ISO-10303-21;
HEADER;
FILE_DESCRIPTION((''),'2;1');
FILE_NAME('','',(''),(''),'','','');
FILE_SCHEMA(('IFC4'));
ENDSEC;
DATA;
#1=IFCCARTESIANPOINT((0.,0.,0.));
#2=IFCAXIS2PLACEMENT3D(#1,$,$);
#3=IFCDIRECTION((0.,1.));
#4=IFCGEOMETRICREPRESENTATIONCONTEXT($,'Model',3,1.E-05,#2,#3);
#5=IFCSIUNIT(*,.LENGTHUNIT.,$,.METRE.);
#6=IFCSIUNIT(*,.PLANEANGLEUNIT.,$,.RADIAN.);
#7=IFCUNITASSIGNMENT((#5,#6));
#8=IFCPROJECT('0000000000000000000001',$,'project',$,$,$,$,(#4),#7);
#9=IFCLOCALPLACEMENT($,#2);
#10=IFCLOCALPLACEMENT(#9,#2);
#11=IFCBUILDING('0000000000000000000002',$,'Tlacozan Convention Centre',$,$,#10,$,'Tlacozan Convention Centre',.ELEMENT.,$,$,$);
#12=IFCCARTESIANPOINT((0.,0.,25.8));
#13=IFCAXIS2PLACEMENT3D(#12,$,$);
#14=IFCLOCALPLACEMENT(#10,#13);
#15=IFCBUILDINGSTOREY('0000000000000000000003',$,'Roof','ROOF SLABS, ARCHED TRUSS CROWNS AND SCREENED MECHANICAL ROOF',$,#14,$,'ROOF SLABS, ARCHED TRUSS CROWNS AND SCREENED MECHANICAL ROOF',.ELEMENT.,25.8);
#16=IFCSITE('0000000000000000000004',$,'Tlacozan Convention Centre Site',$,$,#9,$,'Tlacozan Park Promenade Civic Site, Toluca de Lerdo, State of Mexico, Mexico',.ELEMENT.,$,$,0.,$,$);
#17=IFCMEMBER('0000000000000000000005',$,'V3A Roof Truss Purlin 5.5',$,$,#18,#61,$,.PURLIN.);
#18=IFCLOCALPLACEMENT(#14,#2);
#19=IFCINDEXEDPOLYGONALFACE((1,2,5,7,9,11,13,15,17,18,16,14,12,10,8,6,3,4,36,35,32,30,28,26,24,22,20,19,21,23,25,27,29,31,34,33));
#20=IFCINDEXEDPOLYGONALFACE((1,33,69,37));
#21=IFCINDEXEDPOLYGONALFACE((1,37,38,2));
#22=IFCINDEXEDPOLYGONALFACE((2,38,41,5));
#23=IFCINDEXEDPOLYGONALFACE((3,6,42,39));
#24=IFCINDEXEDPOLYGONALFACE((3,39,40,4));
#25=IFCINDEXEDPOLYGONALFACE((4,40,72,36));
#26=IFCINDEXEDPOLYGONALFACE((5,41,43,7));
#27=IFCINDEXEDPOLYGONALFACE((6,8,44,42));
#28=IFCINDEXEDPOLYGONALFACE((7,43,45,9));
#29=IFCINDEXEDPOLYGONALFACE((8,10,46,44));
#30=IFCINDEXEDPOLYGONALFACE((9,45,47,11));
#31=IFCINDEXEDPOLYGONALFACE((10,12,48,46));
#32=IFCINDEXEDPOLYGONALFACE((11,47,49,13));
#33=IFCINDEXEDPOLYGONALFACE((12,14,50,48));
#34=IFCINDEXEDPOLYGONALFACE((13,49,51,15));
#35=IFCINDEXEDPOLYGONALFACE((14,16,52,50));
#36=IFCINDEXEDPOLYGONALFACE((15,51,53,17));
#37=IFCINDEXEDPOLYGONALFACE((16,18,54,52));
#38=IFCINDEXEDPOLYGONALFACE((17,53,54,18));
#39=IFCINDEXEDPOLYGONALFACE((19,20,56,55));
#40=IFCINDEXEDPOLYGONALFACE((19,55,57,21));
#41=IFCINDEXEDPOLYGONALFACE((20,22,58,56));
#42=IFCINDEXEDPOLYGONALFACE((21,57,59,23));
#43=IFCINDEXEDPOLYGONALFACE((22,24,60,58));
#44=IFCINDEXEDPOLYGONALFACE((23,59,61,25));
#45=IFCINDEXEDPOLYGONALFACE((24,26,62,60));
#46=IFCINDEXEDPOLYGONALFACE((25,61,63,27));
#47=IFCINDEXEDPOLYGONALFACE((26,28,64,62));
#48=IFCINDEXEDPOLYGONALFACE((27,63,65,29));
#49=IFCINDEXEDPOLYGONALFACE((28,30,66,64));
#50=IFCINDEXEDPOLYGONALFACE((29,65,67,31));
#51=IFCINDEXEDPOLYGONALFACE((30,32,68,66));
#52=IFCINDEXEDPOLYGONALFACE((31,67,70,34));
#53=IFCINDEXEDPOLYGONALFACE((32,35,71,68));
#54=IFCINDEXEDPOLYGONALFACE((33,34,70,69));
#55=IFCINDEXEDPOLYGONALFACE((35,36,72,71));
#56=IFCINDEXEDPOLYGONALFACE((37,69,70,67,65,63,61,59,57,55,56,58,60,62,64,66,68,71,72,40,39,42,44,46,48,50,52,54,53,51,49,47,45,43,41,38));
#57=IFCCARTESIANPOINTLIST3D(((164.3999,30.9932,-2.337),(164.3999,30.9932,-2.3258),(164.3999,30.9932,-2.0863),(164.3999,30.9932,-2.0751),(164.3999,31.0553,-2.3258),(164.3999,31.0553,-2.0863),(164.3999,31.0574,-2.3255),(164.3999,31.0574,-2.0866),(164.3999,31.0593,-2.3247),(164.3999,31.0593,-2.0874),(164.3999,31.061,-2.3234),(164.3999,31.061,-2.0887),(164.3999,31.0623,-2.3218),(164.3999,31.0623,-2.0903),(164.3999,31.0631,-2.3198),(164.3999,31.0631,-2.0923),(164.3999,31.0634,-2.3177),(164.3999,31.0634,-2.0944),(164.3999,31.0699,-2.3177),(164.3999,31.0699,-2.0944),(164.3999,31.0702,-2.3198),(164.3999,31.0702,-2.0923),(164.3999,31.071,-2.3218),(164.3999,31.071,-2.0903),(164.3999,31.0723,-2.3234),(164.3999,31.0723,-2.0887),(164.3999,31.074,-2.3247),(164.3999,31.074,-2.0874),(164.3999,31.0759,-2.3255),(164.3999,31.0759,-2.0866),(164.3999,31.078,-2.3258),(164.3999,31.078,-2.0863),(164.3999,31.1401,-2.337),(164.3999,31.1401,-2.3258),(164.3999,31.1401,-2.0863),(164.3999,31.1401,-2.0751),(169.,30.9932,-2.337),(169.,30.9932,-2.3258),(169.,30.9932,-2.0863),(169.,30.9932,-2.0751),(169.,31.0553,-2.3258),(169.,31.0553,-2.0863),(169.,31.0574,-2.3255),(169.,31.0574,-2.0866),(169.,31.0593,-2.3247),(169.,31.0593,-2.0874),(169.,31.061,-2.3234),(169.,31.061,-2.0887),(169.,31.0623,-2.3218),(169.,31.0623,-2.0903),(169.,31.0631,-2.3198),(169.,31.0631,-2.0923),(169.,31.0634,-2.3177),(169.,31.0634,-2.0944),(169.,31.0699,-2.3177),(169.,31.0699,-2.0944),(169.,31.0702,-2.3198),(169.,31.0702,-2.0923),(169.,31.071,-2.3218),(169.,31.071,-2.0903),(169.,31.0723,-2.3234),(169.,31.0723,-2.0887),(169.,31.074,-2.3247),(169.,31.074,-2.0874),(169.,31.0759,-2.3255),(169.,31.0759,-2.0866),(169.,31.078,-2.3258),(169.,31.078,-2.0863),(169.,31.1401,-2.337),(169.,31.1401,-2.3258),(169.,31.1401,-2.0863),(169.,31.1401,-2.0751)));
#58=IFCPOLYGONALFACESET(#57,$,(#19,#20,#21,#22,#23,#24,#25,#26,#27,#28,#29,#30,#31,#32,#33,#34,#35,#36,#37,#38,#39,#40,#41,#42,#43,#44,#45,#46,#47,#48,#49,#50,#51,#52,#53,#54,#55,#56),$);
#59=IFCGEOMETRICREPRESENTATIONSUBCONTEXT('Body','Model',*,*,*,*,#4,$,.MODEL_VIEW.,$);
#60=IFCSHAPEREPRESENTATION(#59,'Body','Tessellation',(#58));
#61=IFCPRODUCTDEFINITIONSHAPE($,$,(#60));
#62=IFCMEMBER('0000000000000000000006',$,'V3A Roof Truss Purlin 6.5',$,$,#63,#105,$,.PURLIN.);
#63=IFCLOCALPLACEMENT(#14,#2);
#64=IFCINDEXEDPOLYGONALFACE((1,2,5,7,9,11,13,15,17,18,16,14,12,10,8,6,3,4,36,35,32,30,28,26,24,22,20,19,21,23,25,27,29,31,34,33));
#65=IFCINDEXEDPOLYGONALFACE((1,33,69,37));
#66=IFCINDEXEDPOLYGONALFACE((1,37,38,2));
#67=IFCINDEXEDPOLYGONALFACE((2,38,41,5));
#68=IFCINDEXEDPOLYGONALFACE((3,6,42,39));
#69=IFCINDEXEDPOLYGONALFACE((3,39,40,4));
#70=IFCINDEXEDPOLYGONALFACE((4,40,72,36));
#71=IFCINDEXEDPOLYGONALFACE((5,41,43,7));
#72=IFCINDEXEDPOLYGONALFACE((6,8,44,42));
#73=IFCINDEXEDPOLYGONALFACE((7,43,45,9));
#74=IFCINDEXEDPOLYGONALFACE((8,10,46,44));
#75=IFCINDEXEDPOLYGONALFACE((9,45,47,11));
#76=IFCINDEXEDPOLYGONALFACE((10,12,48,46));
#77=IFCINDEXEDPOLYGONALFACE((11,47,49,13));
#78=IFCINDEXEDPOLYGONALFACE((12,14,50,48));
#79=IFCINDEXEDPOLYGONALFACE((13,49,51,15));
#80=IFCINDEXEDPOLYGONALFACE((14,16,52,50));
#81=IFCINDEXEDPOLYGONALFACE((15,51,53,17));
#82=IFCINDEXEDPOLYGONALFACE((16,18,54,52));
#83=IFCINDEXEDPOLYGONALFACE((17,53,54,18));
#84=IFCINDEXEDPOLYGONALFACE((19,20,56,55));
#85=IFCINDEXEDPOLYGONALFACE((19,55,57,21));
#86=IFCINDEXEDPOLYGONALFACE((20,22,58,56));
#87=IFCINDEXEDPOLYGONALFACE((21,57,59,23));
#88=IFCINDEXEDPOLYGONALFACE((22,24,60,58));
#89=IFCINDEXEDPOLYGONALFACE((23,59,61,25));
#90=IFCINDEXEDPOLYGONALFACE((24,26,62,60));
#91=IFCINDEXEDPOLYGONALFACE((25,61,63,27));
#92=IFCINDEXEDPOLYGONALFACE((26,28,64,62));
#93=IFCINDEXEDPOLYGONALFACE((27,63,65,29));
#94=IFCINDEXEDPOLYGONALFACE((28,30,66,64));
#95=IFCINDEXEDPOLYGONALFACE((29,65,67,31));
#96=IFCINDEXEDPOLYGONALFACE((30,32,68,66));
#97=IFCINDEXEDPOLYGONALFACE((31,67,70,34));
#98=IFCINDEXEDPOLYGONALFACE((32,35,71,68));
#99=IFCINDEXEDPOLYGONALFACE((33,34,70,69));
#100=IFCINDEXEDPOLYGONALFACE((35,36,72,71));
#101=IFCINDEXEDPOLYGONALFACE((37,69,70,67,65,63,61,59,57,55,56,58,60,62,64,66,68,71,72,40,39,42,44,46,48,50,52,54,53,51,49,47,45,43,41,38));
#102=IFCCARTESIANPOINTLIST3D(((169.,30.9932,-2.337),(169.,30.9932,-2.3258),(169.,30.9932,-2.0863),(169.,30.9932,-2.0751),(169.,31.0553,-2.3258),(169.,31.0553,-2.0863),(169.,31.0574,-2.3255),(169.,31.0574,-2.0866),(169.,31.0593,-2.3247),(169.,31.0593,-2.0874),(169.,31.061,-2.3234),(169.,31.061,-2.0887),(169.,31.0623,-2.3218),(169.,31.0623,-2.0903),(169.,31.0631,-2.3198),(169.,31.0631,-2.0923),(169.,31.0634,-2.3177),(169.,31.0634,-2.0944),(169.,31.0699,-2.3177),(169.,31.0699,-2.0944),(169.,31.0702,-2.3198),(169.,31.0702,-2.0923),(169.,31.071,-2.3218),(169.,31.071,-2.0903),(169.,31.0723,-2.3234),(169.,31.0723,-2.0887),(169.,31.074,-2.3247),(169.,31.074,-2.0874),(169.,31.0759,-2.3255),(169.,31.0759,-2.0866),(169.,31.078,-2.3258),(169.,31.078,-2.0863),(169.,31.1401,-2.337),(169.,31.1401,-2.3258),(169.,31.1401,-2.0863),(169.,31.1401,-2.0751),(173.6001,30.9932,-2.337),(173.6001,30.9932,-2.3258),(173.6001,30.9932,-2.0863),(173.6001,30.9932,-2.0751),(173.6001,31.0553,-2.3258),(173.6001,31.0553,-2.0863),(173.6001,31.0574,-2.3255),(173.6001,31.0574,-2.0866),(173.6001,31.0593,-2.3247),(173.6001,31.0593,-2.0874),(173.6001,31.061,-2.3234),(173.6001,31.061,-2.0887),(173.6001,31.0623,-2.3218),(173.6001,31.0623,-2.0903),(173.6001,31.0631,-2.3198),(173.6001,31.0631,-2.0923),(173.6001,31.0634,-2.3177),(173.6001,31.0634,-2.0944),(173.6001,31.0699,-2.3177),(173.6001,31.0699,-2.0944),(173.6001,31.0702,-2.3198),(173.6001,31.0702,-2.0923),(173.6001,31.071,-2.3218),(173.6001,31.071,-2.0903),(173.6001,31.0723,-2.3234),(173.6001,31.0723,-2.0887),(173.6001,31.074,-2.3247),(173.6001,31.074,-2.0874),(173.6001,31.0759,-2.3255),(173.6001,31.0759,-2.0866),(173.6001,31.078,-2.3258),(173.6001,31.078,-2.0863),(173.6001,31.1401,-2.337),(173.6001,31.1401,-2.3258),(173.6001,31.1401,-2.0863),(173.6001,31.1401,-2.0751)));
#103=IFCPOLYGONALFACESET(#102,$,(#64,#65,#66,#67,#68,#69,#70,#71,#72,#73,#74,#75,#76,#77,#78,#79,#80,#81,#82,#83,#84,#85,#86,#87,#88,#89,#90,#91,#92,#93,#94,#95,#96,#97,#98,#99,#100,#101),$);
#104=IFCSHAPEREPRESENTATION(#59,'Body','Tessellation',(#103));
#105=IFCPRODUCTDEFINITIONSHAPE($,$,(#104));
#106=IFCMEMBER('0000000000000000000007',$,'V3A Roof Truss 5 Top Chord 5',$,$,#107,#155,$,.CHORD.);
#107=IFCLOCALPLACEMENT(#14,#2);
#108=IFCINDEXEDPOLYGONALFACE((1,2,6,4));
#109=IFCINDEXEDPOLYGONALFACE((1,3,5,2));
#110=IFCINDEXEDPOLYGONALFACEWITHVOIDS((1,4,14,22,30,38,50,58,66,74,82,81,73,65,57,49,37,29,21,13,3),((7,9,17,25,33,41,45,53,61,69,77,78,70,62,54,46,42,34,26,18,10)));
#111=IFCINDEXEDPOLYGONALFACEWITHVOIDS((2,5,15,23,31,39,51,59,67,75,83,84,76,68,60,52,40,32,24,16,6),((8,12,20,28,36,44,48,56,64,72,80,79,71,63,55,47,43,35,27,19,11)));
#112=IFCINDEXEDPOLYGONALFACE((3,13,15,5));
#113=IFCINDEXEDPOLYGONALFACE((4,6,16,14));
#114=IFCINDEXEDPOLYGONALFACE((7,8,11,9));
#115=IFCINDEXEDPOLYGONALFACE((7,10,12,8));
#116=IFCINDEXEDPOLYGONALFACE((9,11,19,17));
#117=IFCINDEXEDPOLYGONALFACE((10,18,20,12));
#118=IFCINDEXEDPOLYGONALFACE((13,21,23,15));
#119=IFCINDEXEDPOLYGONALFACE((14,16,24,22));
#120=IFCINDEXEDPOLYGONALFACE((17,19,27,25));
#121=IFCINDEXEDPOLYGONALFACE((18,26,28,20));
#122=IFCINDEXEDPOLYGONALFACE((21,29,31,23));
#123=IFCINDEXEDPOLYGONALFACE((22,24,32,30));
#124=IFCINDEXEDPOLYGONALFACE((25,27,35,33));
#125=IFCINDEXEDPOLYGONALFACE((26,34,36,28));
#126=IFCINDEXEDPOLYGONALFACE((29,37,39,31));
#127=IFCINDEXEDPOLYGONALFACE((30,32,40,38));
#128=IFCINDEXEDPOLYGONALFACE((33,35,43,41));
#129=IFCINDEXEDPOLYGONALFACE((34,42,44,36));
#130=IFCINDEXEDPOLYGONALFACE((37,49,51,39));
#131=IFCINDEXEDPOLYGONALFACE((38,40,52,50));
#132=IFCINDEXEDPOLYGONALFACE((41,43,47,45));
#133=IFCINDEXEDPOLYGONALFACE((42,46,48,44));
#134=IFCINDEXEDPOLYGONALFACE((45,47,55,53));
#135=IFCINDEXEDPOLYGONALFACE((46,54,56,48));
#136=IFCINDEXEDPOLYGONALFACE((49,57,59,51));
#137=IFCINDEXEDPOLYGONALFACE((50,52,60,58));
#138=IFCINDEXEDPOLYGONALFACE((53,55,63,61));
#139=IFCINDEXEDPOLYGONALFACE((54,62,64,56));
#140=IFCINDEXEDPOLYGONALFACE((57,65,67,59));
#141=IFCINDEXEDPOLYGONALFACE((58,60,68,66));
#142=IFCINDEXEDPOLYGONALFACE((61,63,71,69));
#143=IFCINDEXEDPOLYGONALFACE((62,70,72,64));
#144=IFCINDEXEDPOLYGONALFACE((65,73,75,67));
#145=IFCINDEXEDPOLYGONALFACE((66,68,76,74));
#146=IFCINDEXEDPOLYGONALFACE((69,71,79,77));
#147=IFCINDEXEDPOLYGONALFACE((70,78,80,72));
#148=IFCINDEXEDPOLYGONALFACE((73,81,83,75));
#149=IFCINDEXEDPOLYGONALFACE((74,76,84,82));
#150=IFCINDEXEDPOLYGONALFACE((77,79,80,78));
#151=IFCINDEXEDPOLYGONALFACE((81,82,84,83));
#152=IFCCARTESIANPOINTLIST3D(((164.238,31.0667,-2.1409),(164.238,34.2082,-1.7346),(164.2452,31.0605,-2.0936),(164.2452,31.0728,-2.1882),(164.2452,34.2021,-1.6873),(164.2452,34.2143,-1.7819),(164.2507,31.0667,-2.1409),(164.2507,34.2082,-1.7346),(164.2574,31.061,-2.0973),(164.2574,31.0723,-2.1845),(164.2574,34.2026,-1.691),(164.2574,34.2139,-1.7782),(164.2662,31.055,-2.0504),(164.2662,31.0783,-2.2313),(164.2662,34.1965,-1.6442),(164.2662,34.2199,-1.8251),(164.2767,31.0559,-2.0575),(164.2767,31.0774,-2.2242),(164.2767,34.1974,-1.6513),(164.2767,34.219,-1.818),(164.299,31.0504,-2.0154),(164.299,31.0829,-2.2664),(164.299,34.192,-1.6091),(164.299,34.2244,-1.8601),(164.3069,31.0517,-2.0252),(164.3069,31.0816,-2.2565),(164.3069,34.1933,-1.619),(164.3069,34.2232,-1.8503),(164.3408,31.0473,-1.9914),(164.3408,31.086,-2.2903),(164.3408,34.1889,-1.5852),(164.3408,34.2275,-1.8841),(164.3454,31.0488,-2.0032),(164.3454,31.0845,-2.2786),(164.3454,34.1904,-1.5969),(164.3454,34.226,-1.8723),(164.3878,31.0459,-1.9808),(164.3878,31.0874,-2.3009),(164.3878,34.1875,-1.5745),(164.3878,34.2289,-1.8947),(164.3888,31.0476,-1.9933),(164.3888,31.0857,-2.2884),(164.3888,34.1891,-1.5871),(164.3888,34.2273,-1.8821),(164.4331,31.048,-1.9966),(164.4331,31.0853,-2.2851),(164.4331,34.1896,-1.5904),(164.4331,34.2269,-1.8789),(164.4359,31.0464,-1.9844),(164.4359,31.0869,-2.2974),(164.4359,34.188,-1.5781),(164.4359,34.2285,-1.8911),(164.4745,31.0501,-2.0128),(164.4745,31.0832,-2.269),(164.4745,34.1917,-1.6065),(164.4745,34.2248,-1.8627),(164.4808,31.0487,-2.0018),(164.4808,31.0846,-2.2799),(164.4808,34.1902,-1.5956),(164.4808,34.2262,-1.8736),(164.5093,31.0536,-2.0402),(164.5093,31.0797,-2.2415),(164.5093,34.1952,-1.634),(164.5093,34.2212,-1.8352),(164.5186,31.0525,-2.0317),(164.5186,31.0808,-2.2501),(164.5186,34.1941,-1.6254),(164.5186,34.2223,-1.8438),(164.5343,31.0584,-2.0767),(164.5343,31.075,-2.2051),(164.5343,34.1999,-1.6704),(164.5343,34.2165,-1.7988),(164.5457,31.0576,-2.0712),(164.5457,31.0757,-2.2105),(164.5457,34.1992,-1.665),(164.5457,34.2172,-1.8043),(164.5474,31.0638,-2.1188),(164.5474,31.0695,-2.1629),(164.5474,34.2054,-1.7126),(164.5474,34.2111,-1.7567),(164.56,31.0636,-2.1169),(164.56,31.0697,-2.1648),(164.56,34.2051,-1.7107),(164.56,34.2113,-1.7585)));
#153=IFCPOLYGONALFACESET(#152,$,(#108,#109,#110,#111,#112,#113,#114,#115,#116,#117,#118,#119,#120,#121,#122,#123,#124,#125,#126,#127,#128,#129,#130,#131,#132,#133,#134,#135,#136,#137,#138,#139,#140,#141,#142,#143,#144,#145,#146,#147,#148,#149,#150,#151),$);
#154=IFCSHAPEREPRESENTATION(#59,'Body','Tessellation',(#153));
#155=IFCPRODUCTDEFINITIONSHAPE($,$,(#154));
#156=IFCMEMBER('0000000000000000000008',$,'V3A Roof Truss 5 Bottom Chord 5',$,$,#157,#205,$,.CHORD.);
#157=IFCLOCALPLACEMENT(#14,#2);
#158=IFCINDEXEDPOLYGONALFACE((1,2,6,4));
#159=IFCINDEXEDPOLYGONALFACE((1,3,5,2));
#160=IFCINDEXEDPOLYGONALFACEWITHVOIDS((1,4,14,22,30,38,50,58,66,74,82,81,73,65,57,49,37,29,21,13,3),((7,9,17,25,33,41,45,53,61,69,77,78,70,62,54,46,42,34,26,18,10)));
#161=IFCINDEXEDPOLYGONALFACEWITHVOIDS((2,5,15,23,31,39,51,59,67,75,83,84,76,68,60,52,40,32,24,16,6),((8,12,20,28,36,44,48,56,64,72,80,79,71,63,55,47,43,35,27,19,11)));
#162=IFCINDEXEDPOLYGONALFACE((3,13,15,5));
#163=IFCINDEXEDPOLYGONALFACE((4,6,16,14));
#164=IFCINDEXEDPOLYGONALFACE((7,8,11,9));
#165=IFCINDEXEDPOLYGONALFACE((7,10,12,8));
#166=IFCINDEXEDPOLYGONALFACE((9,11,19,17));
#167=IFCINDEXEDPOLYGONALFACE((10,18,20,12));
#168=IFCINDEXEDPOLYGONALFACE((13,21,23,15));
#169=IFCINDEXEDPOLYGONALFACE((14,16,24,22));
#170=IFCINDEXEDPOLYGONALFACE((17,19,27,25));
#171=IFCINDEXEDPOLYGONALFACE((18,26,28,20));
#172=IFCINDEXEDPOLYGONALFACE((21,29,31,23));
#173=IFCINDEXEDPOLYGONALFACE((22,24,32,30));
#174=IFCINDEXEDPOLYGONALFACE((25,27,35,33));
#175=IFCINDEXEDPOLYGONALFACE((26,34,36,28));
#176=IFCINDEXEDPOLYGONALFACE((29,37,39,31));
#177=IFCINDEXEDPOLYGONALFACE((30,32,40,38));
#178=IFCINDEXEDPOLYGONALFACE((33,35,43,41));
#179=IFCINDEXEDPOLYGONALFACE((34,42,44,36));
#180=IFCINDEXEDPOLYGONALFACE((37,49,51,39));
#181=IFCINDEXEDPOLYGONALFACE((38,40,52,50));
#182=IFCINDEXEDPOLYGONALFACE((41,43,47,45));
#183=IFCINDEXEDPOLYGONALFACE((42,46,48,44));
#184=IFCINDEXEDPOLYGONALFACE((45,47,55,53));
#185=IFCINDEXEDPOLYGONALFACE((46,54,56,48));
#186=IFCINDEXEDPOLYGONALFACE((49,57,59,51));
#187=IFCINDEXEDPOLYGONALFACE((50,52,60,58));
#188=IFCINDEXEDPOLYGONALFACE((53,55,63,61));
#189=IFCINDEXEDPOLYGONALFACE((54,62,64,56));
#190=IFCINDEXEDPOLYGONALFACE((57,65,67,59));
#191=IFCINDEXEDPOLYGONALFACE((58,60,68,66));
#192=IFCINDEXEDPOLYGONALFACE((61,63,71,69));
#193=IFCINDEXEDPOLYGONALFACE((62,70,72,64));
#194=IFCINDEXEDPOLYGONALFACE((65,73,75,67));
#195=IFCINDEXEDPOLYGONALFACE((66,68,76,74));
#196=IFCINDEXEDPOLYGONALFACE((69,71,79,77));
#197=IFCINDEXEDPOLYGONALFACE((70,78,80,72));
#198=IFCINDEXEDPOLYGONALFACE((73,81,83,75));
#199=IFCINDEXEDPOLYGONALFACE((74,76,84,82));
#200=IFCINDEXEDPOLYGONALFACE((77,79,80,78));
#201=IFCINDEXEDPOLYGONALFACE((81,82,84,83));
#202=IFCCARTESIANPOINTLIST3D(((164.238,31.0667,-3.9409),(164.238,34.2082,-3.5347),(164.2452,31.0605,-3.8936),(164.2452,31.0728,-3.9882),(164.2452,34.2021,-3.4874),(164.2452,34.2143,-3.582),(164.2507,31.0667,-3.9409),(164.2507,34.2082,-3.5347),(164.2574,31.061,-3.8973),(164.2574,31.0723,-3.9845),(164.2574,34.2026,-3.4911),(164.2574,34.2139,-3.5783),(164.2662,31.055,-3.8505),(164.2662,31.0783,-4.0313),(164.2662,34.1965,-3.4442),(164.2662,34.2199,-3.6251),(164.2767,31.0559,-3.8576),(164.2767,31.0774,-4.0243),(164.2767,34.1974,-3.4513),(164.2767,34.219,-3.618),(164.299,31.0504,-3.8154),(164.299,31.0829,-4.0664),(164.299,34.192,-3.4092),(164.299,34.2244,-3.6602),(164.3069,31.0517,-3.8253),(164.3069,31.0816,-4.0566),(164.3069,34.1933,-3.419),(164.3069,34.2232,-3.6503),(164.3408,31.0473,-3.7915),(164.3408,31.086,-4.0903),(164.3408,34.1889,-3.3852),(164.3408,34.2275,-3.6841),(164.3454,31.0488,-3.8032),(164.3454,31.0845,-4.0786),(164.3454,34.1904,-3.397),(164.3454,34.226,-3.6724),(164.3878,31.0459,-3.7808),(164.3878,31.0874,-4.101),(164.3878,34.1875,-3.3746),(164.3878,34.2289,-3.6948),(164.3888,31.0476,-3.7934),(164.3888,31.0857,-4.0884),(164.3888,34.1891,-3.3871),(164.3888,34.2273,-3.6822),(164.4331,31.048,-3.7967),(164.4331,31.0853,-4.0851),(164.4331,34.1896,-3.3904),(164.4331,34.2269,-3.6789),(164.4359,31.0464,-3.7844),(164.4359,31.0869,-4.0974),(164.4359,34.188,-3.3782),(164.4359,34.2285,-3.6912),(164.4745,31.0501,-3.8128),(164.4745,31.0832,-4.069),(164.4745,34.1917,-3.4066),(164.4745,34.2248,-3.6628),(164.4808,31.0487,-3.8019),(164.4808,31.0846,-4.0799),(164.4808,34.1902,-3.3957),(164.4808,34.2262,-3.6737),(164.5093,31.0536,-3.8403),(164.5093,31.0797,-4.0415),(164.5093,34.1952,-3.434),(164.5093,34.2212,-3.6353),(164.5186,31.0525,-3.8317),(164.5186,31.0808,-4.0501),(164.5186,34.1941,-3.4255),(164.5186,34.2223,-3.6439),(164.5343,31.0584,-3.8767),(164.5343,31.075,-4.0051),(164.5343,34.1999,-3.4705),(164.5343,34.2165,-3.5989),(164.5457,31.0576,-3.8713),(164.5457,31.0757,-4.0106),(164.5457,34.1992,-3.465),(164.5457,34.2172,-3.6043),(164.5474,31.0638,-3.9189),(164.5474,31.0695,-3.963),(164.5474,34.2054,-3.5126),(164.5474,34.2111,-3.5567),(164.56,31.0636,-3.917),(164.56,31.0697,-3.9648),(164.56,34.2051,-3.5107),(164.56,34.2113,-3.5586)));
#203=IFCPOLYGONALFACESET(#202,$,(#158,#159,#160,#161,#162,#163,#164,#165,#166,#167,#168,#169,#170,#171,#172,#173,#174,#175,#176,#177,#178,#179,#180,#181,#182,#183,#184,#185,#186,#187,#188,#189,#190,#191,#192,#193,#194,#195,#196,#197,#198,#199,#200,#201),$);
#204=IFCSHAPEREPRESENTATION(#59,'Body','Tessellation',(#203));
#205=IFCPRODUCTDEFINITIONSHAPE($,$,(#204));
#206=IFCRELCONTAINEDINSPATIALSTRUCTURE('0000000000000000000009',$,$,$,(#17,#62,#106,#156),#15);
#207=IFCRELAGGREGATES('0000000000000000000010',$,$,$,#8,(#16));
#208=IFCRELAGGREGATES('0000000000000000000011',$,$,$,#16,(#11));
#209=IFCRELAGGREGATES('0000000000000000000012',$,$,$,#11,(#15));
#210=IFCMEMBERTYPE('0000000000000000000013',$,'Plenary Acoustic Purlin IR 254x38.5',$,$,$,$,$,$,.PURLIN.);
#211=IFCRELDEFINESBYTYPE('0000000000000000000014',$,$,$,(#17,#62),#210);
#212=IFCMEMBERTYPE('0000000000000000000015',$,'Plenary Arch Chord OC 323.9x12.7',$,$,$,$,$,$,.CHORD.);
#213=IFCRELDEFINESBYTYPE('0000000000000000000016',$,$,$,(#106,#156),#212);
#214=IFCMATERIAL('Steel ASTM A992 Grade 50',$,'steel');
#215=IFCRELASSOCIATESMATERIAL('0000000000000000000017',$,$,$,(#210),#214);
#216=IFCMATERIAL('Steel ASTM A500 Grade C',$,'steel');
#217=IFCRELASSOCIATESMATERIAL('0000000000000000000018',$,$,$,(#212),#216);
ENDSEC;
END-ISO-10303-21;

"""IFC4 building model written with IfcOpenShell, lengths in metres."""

from ifc_helpers import new_model, si_unit, direction, frame, origin, origin_2d, place, context, subcontext, project, spatial, hollow_circle, i_section, extrude, material, material_profile, profile_set, type_object, element, save


model = new_model("IFC4")

# Units and contexts
model_context = context("Model", 3, precision=1e-05, world=origin(), true_north=direction((0.0, 1.0)))
body_context = subcontext(model_context, "Body", "Model", "MODEL_VIEW")
ifc_project = project(units=[si_unit("LENGTHUNIT", "METRE"), si_unit("PLANEANGLEUNIT", "RADIAN")], contexts=[model_context])

# Site, building, storey
site_placement = place(None, origin())
site = spatial("IfcSite", under=ifc_project, at=site_placement, Name="Tlacozan Convention Centre Site", LongName="Tlacozan Park Promenade Civic Site, Toluca de Lerdo, State of Mexico, Mexico", CompositionType="ELEMENT", RefElevation=0.0)
building_placement = place(site_placement, origin())
building = spatial("IfcBuilding", under=site, at=building_placement, Name="Tlacozan Convention Centre", LongName="Tlacozan Convention Centre", CompositionType="ELEMENT")
storey_placement = place(building_placement, frame((0.0, 0.0, 25.8)))
storey = spatial("IfcBuildingStorey", under=building, at=storey_placement, Name="Roof", Description="ROOF SLABS, ARCHED TRUSS CROWNS AND SCREENED MECHANICAL ROOF", LongName="ROOF SLABS, ARCHED TRUSS CROWNS AND SCREENED MECHANICAL ROOF", CompositionType="ELEMENT", Elevation=25.8)

# Members
ifc_material_1 = material(Name="Steel ASTM A992 Grade 50", Category="steel")
ifc_material_profile_1 = material_profile(ifc_material_1, i_section(OverallWidth=0.147, OverallDepth=0.262, WebThickness=0.0066, FlangeThickness=0.0112, FilletRadius=0.0081, at=origin_2d()), Name="IR 254x38.5")
ifc_profile_set_1 = profile_set([ifc_material_profile_1], Name="Steel ASTM A992 Grade 50")
member_type_1 = type_object("IfcMemberType", Name="Plenary Acoustic Purlin IR 254x38.5", PredefinedType="PURLIN", material=ifc_profile_set_1)
for number, where, z_axis, x_axis, name in (
    (1, (164.3999, 31.0667, -2.2061), (1.0, 0.0, 0.0), (0.0, 1.0, 0.0), "V3A Roof Truss Purlin 5.5"),
    (2, (169.0, 31.0667, -2.2061), (1.0, 0.0, 0.0), (0.0, 1.0, 0.0), "V3A Roof Truss Purlin 6.5"),
):
    element("IfcMember", number, at=place(storey_placement, frame(where, z_axis=z_axis, x_axis=x_axis)), inside=storey, type_object=member_type_1, Name=name, PredefinedType="PURLIN", context=body_context, shape_type="SweptSolid", body=[
        extrude(i_section(OverallWidth=0.147, OverallDepth=0.262, WebThickness=0.0066, FlangeThickness=0.0112, FilletRadius=0.0081, at=origin_2d()), origin(), (0.0, 0.0, 1.0), 4.6001),
    ])
ifc_material_2 = material(Name="Steel ASTM A500 Grade C", Category="steel")
ifc_material_profile_2 = material_profile(ifc_material_2, hollow_circle(Radius=0.1619, WallThickness=0.0127, at=origin_2d()), Name="OC 323.9x12.7")
ifc_profile_set_2 = profile_set([ifc_material_profile_2], Name="Steel ASTM A500 Grade C")
member_type_2 = type_object("IfcMemberType", Name="Plenary Arch Chord OC 323.9x12.7", PredefinedType="CHORD", material=ifc_profile_set_2)
for number, where, z_axis, x_axis, name in (
    (3, (164.3999, 31.0667, -2.1409), (0.0, 0.991742, 0.128245), (-1.0, 0.0, 0.0), "V3A Roof Truss 5 Top Chord 5"),
    (4, (164.3999, 31.0667, -3.9409), (0.0, 0.991742, 0.128245), (-1.0, 0.0, 0.0), "V3A Roof Truss 5 Bottom Chord 5"),
):
    element("IfcMember", number, at=place(storey_placement, frame(where, z_axis=z_axis, x_axis=x_axis)), inside=storey, type_object=member_type_2, Name=name, PredefinedType="CHORD", context=body_context, shape_type="SweptSolid", body=[
        extrude(hollow_circle(Radius=0.1619, WallThickness=0.0127, at=origin_2d()), origin(), (0.0, 0.0, 1.0), 3.1677),
    ])

save(model, "model.ifc")
